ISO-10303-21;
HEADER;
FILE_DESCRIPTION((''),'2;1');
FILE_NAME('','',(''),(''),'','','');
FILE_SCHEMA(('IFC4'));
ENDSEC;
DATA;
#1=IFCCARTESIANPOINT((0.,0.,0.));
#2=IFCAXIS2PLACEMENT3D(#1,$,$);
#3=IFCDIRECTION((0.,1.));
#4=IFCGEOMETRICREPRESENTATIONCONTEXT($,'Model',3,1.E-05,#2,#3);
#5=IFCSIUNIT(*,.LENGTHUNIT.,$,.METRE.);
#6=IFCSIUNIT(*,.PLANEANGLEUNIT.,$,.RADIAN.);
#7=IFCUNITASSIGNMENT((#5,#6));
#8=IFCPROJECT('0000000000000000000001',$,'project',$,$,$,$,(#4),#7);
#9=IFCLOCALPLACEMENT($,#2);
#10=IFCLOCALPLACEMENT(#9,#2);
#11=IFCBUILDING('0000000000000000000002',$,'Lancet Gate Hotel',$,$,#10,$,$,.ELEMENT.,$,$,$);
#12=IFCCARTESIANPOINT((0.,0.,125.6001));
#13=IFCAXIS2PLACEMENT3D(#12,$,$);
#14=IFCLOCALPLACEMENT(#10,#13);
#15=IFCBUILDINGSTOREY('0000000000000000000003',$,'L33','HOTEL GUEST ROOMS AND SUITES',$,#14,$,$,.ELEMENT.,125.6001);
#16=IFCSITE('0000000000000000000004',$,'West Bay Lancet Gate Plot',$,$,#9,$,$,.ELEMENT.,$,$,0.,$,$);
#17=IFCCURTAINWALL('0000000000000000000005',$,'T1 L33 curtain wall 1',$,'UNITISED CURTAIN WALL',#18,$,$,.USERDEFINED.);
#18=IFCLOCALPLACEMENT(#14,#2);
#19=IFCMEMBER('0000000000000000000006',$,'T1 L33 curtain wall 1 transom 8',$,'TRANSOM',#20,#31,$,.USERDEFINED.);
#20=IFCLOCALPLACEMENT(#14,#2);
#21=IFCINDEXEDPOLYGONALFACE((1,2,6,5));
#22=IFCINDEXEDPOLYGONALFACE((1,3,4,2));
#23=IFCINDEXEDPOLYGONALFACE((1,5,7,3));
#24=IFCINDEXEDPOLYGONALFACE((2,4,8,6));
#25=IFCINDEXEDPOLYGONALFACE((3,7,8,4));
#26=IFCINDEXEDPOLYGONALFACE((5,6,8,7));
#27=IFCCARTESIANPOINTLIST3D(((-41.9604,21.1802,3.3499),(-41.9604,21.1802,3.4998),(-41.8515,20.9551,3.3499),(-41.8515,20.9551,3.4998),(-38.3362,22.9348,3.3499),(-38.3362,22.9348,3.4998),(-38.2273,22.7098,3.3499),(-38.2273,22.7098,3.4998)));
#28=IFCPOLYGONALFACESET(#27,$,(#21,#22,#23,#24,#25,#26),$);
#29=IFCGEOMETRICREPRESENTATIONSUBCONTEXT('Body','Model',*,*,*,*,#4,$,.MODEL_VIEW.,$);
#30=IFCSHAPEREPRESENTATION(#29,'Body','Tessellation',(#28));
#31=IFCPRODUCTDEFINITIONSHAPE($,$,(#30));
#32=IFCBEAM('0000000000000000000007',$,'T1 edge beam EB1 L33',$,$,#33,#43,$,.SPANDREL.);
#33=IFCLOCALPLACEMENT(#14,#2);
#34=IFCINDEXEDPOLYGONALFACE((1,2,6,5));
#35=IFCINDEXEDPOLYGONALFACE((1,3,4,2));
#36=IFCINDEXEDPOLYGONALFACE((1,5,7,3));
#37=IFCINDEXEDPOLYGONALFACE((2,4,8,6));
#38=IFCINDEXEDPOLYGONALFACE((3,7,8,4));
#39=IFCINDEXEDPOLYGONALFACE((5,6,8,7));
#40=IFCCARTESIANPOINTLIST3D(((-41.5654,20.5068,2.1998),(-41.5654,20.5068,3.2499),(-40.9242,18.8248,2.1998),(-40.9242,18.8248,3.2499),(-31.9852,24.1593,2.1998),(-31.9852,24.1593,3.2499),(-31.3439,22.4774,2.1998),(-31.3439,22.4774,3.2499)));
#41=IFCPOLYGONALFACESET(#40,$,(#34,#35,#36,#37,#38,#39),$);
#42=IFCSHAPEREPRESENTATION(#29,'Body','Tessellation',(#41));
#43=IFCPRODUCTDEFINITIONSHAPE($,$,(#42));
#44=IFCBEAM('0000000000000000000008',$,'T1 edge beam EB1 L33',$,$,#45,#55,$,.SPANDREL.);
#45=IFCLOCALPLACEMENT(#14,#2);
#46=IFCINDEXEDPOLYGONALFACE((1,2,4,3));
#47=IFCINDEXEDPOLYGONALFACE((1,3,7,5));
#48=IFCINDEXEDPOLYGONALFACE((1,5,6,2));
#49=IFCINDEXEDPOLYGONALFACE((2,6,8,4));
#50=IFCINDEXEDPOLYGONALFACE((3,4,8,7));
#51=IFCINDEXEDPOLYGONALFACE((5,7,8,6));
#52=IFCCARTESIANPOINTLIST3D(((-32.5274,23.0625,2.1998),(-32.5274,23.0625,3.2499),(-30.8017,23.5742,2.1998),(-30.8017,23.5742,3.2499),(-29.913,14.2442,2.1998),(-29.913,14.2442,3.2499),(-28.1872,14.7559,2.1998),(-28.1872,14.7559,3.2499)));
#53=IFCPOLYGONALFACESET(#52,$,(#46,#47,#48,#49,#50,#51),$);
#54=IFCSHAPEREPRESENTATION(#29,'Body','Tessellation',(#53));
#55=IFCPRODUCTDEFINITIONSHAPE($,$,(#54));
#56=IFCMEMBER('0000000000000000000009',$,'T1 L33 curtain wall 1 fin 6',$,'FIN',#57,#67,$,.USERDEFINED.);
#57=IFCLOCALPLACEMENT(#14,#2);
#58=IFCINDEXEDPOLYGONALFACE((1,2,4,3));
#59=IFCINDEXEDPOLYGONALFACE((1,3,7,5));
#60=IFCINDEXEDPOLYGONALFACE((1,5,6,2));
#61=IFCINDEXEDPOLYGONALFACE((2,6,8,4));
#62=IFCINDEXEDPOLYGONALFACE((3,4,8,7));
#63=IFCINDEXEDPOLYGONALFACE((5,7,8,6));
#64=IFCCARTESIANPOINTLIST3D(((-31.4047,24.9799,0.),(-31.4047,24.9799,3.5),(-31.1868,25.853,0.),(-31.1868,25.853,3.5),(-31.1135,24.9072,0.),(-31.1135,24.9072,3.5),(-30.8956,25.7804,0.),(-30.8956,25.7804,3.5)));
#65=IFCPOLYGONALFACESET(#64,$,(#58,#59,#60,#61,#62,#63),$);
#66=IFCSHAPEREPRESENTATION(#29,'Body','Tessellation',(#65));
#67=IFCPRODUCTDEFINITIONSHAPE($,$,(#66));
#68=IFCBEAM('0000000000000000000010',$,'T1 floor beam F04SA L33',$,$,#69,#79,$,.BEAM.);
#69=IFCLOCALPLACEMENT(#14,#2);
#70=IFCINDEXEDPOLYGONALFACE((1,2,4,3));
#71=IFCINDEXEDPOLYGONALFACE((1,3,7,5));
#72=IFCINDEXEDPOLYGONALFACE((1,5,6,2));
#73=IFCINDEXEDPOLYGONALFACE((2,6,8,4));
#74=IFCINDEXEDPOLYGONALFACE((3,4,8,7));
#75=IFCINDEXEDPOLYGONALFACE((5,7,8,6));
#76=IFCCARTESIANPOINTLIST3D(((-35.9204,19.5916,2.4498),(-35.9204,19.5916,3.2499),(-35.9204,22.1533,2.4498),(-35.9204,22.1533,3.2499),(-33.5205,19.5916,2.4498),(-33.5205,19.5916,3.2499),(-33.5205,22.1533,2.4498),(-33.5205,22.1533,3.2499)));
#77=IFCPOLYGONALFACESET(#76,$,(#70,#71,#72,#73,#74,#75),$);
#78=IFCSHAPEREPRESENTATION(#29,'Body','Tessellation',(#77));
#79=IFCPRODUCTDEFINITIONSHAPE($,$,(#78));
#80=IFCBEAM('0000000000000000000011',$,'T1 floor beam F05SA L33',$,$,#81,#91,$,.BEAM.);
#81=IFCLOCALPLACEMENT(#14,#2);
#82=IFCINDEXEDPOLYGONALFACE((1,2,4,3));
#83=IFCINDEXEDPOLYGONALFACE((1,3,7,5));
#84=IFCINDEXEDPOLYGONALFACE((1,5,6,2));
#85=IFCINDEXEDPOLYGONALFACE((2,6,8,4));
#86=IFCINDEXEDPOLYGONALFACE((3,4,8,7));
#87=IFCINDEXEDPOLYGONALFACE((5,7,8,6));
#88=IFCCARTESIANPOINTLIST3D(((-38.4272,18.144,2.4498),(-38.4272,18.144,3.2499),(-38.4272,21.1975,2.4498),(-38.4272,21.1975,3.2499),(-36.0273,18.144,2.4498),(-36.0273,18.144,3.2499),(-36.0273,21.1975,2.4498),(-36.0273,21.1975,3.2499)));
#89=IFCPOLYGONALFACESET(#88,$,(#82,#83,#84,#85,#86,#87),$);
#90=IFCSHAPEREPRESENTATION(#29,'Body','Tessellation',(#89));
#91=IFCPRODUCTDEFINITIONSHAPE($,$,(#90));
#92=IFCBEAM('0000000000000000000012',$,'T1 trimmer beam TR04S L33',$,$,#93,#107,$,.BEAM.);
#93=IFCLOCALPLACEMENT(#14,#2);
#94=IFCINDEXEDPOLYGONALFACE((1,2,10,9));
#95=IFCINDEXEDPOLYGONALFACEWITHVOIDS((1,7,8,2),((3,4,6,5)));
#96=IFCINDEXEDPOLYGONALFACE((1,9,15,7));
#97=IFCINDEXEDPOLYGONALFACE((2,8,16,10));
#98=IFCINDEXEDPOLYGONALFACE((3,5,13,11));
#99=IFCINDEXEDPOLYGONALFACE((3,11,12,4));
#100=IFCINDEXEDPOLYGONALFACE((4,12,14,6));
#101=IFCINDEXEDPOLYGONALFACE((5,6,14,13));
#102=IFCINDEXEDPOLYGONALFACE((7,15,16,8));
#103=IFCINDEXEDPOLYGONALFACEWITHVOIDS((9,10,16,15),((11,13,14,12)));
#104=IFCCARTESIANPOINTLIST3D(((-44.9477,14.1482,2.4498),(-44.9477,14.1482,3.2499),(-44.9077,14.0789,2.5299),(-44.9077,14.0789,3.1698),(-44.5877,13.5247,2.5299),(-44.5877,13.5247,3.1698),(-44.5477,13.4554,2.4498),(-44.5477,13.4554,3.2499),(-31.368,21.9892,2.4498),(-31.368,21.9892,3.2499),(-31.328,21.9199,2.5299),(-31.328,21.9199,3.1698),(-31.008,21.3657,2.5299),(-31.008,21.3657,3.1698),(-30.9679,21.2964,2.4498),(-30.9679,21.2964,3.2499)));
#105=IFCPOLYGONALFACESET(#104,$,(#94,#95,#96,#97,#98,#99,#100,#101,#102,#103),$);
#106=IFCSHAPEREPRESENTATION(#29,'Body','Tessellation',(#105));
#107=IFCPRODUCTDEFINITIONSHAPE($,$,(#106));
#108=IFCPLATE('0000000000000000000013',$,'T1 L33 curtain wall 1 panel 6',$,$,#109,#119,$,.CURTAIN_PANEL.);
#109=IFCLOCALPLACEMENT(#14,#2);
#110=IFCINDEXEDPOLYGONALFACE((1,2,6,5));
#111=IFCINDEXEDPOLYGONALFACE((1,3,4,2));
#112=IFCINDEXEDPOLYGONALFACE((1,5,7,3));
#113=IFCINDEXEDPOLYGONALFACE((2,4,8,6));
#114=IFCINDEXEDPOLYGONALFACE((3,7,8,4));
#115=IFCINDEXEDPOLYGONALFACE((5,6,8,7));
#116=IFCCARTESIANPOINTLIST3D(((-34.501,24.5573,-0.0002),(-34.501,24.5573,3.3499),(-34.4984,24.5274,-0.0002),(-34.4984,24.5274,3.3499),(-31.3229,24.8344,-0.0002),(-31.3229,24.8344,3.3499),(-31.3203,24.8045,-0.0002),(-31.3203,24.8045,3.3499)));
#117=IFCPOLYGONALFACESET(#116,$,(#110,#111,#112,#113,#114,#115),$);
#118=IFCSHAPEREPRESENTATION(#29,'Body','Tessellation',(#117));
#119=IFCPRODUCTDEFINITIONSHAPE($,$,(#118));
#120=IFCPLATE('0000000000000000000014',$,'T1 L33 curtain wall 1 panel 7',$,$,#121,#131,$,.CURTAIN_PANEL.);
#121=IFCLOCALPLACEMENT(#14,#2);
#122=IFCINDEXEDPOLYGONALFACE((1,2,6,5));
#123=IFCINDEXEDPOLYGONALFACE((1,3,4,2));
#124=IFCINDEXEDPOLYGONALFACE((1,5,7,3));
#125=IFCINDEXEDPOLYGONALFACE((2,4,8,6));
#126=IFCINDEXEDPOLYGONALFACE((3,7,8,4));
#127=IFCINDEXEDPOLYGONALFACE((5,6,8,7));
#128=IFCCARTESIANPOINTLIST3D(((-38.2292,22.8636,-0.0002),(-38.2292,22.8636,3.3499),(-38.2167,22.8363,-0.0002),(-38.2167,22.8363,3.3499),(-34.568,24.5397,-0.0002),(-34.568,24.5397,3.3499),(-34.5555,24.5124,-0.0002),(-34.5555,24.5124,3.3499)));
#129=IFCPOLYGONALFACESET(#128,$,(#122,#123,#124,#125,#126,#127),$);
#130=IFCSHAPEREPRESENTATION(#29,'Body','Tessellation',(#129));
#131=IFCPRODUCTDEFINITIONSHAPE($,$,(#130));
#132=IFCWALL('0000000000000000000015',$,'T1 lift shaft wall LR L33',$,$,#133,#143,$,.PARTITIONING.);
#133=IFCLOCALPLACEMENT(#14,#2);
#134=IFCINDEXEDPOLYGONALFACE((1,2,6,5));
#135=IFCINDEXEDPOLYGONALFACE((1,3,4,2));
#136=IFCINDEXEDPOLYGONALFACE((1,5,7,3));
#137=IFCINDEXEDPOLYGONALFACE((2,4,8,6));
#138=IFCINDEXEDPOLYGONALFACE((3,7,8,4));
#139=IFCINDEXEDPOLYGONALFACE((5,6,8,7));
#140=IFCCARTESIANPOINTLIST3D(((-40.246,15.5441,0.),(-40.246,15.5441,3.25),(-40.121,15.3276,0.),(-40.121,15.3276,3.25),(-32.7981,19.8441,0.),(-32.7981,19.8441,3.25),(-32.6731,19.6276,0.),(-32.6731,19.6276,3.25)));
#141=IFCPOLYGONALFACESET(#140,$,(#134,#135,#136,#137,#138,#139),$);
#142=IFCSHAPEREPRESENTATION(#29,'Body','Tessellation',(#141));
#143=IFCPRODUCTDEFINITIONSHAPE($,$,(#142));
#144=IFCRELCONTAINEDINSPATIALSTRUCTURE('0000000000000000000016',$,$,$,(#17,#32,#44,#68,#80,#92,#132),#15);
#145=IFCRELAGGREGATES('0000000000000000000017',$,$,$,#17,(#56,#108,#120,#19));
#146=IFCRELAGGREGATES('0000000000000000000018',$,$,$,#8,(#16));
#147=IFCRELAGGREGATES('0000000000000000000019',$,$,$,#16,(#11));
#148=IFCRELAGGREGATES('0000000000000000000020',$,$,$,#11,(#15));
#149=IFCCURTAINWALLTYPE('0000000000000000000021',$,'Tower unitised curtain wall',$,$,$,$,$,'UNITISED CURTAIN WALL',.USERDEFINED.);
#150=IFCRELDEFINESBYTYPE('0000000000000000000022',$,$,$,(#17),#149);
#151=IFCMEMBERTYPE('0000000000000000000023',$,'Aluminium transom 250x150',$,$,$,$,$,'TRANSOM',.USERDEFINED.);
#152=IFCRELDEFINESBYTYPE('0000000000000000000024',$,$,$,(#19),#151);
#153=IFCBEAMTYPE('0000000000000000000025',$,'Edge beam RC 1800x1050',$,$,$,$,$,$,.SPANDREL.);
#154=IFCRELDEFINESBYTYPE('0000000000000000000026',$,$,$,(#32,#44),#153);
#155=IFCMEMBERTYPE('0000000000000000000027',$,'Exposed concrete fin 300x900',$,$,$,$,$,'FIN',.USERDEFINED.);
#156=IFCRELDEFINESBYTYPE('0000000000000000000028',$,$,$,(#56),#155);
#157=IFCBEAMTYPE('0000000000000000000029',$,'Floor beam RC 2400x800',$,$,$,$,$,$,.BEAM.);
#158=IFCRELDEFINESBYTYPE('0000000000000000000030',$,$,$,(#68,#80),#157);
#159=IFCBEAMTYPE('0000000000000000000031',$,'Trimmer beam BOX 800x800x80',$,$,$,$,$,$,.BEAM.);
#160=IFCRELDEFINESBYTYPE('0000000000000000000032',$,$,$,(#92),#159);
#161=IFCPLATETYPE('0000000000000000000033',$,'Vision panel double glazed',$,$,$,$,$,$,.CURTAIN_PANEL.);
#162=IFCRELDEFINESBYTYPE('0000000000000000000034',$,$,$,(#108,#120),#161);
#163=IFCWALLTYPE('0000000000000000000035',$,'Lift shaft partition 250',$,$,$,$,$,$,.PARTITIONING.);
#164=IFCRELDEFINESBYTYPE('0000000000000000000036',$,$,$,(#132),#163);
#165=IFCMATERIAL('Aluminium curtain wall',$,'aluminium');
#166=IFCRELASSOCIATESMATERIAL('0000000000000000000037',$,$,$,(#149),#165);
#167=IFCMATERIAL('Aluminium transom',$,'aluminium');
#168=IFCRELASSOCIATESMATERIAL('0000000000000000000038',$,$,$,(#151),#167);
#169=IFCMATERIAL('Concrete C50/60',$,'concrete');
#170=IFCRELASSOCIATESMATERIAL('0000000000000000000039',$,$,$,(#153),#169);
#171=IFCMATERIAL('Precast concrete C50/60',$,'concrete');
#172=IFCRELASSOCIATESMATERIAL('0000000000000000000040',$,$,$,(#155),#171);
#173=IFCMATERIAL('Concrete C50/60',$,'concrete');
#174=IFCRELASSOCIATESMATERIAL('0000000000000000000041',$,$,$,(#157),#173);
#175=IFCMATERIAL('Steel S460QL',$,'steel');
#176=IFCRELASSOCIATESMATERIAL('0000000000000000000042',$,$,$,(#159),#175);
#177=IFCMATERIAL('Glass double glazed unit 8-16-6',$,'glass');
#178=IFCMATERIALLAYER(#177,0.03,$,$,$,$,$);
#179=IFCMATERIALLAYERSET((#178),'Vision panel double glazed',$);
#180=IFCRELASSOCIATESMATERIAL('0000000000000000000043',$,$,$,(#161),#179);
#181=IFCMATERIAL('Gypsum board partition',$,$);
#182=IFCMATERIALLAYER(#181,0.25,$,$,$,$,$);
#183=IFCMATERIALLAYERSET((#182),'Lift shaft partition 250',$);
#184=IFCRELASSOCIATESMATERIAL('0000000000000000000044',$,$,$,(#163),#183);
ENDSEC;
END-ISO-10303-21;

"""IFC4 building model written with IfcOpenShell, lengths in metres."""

from ifc_helpers import new_model, si_unit, direction, frame, frame_2d, origin, origin_2d, place, context, subcontext, project, spatial, rectangle, hollow_rectangle, extrude, material, layer, layer_set, material_profile, profile_set, type_object, element, aggregate, save


model = new_model("IFC4")

# Units and contexts
model_context = context("Model", 3, precision=1e-05, world=origin(), true_north=direction((0.0, 1.0)))
body_context = subcontext(model_context, "Body", "Model", "MODEL_VIEW")
ifc_project = project(units=[si_unit("LENGTHUNIT", "METRE"), si_unit("PLANEANGLEUNIT", "RADIAN")], contexts=[model_context])

# Site, building, storey
site_placement = place(None, origin())
site = spatial("IfcSite", under=ifc_project, at=site_placement, Name="West Bay Lancet Gate Plot", CompositionType="ELEMENT", RefElevation=0.0)
building_placement = place(site_placement, origin())
building = spatial("IfcBuilding", under=site, at=building_placement, Name="Lancet Gate Hotel", CompositionType="ELEMENT")
storey_placement = place(building_placement, frame((0.0, 0.0, 125.6001)))
storey = spatial("IfcBuildingStorey", under=building, at=storey_placement, Name="L33", Description="HOTEL GUEST ROOMS AND SUITES", CompositionType="ELEMENT", Elevation=125.6001)

# Curtain wall, member
ifc_material_1 = material(Name="Aluminium curtain wall", Category="aluminium")
curtain_wall_type = type_object("IfcCurtainWallType", Name="Tower unitised curtain wall", ElementType="UNITISED CURTAIN WALL", PredefinedType="USERDEFINED", material=ifc_material_1)
curtain_wall_placement = place(storey_placement, origin())
curtain_wall = element("IfcCurtainWall", 1, at=curtain_wall_placement, inside=storey, type_object=curtain_wall_type, Name="T1 L33 curtain wall 1", ObjectType="UNITISED CURTAIN WALL", PredefinedType="USERDEFINED")
ifc_material_2 = material(Name="Aluminium transom", Category="aluminium")
ifc_material_profile_1 = material_profile(ifc_material_2, rectangle(XDim=0.25, YDim=0.1499, at=origin_2d()), Name="TRANSOM 250x150")
ifc_profile_set_1 = profile_set([ifc_material_profile_1], Name="Aluminium transom")
member_type_1 = type_object("IfcMemberType", Name="Aluminium transom 250x150", ElementType="TRANSOM", PredefinedType="USERDEFINED", material=ifc_profile_set_1)
member_1_placement = place(storey_placement, frame((-38.2817, 22.8223, 3.4248), z_axis=(-0.900066, -0.435754, 0.0), x_axis=(0.435754, -0.900066, 0.0)))
member_1 = element("IfcMember", 2, at=member_1_placement, type_object=member_type_1, Name="T1 L33 curtain wall 1 transom 8", ObjectType="TRANSOM", PredefinedType="USERDEFINED", context=body_context, shape_type="SweptSolid", body=[
    extrude(rectangle(XDim=0.25, YDim=0.1499, at=origin_2d()), origin(), (0.0, 0.0, 1.0), 4.0266),
])

# Beams
ifc_material_3 = material(Name="Concrete C50/60", Category="concrete")
ifc_material_profile_2 = material_profile(ifc_material_3, rectangle(XDim=1.8, YDim=1.05, at=origin_2d()), Name="RC 1800x1050")
ifc_profile_set_2 = profile_set([ifc_material_profile_2], Name="Concrete C50/60")
beam_type_1 = type_object("IfcBeamType", Name="Edge beam RC 1800x1050", PredefinedType="SPANDREL", material=ifc_profile_set_2)
beam_1_placement = place(storey_placement, frame((-31.6646, 23.3184, 2.7249), z_axis=(-0.934392, -0.356246, 0.0), x_axis=(0.356246, -0.934392, 0.0)))
element("IfcBeam", 3, at=beam_1_placement, inside=storey, type_object=beam_type_1, Name="T1 edge beam EB1 L33", PredefinedType="SPANDREL", context=body_context, shape_type="SweptSolid", body=[
    extrude(rectangle(XDim=1.8, YDim=1.05, at=origin_2d()), origin(), (0.0, 0.0, 1.0), 10.2529),
])
beam_2_placement = place(storey_placement, frame((-31.6646, 23.3184, 2.7249), z_axis=(0.284254, -0.958749, 0.0), x_axis=(0.958749, 0.284254, 0.0)))
element("IfcBeam", 4, at=beam_2_placement, inside=storey, type_object=beam_type_1, Name="T1 edge beam EB1 L33", PredefinedType="SPANDREL", context=body_context, shape_type="SweptSolid", body=[
    extrude(rectangle(XDim=1.8, YDim=1.05, at=origin_2d()), origin(), (0.0, 0.0, 1.0), 9.1978),
])

# Member
ifc_material_4 = material(Name="Precast concrete C50/60", Category="concrete")
ifc_material_profile_3 = material_profile(ifc_material_4, rectangle(XDim=0.3, YDim=0.8999, at=origin_2d()), Name="FIN 300x900")
ifc_profile_set_3 = profile_set([ifc_material_profile_3], Name="Precast concrete C50/60")
member_type_2 = type_object("IfcMemberType", Name="Exposed concrete fin 300x900", ElementType="FIN", PredefinedType="USERDEFINED", material=ifc_profile_set_3)
member_2_placement = place(storey_placement, frame((-31.1501, 25.3801, 0.0), z_axis=(0.0, 0.0, 1.0), x_axis=(-0.970242, 0.242137, 0.0)))
member_2 = element("IfcMember", 5, at=member_2_placement, type_object=member_type_2, Name="T1 L33 curtain wall 1 fin 6", ObjectType="FIN", PredefinedType="USERDEFINED", context=body_context, shape_type="SweptSolid", body=[
    extrude(rectangle(XDim=0.3, YDim=0.8999, at=origin_2d()), origin(), (0.0, 0.0, 1.0), 3.5),
])

# Beams
ifc_material_5 = material(Name="Concrete C50/60", Category="concrete")
ifc_material_profile_4 = material_profile(ifc_material_5, rectangle(XDim=2.3999, YDim=0.8, at=origin_2d()), Name="RC 2400x800")
ifc_profile_set_4 = profile_set([ifc_material_profile_4], Name="Concrete C50/60")
beam_type_2 = type_object("IfcBeamType", Name="Floor beam RC 2400x800", PredefinedType="BEAM", material=ifc_profile_set_4)
beam_3_placement = place(storey_placement, frame((-34.7205, 22.1533, 2.8499), z_axis=(0.0, -1.0, 0.0), x_axis=(1.0, 0.0, 0.0)))
element("IfcBeam", 6, at=beam_3_placement, inside=storey, type_object=beam_type_2, Name="T1 floor beam F04SA L33", PredefinedType="BEAM", context=body_context, shape_type="SweptSolid", body=[
    extrude(rectangle(XDim=2.3999, YDim=0.8, at=origin_2d()), origin(), (0.0, 0.0, 1.0), 2.5618),
])
beam_4_placement = place(storey_placement, frame((-37.2273, 21.1975, 2.8499), z_axis=(0.0, -1.0, 0.0), x_axis=(1.0, 0.0, 0.0)))
element("IfcBeam", 7, at=beam_4_placement, inside=storey, type_object=beam_type_2, Name="T1 floor beam F05SA L33", PredefinedType="BEAM", context=body_context, shape_type="SweptSolid", body=[
    extrude(rectangle(XDim=2.3999, YDim=0.8, at=origin_2d()), origin(), (0.0, 0.0, 1.0), 3.0535),
])
ifc_material_6 = material(Name="Steel S460QL", Category="steel")
ifc_material_profile_5 = material_profile(ifc_material_6, hollow_rectangle(XDim=0.8, YDim=0.8, WallThickness=0.0801, at=origin_2d()), Name="BOX 800x800x80")
ifc_profile_set_5 = profile_set([ifc_material_profile_5], Name="Steel S460QL")
beam_type_3 = type_object("IfcBeamType", Name="Trimmer beam BOX 800x800x80", PredefinedType="BEAM", material=ifc_profile_set_5)
beam_5_placement = place(storey_placement, frame((-31.168, 21.6428, 2.8499), z_axis=(-0.866005, -0.500036, 0.0), x_axis=(0.500036, -0.866005, 0.0)))
element("IfcBeam", 8, at=beam_5_placement, inside=storey, type_object=beam_type_3, Name="T1 trimmer beam TR04S L33", PredefinedType="BEAM", context=body_context, shape_type="SweptSolid", body=[
    extrude(hollow_rectangle(XDim=0.8, YDim=0.8, WallThickness=0.0801, at=origin_2d()), origin(), (0.0, 0.0, 1.0), 15.6809),
])

# Plates
ifc_material_7 = material(Name="Glass double glazed unit 8-16-6", Category="glass")
ifc_layer_1 = layer(ifc_material_7, 0.03)
ifc_layer_set_1 = layer_set([ifc_layer_1], Name="Vision panel double glazed")
plate_type = type_object("IfcPlateType", Name="Vision panel double glazed", PredefinedType="CURTAIN_PANEL", material=ifc_layer_set_1)
plate_1_placement = place(storey_placement, frame((-32.9106, 24.6809, -0.0002), z_axis=(0.0, 0.0, 1.0), x_axis=(-0.996219, -0.08688, 0.0)))
plate_1 = element("IfcPlate", 9, at=plate_1_placement, type_object=plate_type, Name="T1 L33 curtain wall 1 panel 6", PredefinedType="CURTAIN_PANEL", context=body_context, shape_type="SweptSolid", body=[
    extrude(rectangle(XDim=3.1902, YDim=0.03, at=origin_2d()), origin(), (0.0, 0.0, 1.0), 3.3501),
])
plate_2_placement = place(storey_placement, frame((-36.3923, 23.688, -0.0002), z_axis=(0.0, 0.0, 1.0), x_axis=(-0.909253, -0.416245, 0.0)))
plate_2 = element("IfcPlate", 10, at=plate_2_placement, type_object=plate_type, Name="T1 L33 curtain wall 1 panel 7", PredefinedType="CURTAIN_PANEL", context=body_context, shape_type="SweptSolid", body=[
    extrude(rectangle(XDim=4.0266, YDim=0.03, at=origin_2d()), origin(), (0.0, 0.0, 1.0), 3.3501),
])
aggregate(curtain_wall, [member_2, plate_1, plate_2, member_1])

# Wall
ifc_material_8 = material(Name="Gypsum board partition")
ifc_layer_2 = layer(ifc_material_8, 0.25)
ifc_layer_set_2 = layer_set([ifc_layer_2], Name="Lift shaft partition 250")
wall_type = type_object("IfcWallType", Name="Lift shaft partition 250", PredefinedType="PARTITIONING", material=ifc_layer_set_2)
wall_placement = place(storey_placement, frame((-32.7356, 19.7358, 0.0), z_axis=(0.0, 0.0, 1.0), x_axis=(-0.866028, -0.499995, 0.0)))
element("IfcWall", 11, at=wall_placement, inside=storey, type_object=wall_type, Name="T1 lift shaft wall LR L33", PredefinedType="PARTITIONING", context=body_context, shape_type="SweptSolid", body=[
    extrude(rectangle(XDim=8.6001, YDim=0.25, at=frame_2d((4.3, 0.0))), origin(), (0.0, 0.0, 1.0), 3.25),
])

save(model, "model.ifc")
